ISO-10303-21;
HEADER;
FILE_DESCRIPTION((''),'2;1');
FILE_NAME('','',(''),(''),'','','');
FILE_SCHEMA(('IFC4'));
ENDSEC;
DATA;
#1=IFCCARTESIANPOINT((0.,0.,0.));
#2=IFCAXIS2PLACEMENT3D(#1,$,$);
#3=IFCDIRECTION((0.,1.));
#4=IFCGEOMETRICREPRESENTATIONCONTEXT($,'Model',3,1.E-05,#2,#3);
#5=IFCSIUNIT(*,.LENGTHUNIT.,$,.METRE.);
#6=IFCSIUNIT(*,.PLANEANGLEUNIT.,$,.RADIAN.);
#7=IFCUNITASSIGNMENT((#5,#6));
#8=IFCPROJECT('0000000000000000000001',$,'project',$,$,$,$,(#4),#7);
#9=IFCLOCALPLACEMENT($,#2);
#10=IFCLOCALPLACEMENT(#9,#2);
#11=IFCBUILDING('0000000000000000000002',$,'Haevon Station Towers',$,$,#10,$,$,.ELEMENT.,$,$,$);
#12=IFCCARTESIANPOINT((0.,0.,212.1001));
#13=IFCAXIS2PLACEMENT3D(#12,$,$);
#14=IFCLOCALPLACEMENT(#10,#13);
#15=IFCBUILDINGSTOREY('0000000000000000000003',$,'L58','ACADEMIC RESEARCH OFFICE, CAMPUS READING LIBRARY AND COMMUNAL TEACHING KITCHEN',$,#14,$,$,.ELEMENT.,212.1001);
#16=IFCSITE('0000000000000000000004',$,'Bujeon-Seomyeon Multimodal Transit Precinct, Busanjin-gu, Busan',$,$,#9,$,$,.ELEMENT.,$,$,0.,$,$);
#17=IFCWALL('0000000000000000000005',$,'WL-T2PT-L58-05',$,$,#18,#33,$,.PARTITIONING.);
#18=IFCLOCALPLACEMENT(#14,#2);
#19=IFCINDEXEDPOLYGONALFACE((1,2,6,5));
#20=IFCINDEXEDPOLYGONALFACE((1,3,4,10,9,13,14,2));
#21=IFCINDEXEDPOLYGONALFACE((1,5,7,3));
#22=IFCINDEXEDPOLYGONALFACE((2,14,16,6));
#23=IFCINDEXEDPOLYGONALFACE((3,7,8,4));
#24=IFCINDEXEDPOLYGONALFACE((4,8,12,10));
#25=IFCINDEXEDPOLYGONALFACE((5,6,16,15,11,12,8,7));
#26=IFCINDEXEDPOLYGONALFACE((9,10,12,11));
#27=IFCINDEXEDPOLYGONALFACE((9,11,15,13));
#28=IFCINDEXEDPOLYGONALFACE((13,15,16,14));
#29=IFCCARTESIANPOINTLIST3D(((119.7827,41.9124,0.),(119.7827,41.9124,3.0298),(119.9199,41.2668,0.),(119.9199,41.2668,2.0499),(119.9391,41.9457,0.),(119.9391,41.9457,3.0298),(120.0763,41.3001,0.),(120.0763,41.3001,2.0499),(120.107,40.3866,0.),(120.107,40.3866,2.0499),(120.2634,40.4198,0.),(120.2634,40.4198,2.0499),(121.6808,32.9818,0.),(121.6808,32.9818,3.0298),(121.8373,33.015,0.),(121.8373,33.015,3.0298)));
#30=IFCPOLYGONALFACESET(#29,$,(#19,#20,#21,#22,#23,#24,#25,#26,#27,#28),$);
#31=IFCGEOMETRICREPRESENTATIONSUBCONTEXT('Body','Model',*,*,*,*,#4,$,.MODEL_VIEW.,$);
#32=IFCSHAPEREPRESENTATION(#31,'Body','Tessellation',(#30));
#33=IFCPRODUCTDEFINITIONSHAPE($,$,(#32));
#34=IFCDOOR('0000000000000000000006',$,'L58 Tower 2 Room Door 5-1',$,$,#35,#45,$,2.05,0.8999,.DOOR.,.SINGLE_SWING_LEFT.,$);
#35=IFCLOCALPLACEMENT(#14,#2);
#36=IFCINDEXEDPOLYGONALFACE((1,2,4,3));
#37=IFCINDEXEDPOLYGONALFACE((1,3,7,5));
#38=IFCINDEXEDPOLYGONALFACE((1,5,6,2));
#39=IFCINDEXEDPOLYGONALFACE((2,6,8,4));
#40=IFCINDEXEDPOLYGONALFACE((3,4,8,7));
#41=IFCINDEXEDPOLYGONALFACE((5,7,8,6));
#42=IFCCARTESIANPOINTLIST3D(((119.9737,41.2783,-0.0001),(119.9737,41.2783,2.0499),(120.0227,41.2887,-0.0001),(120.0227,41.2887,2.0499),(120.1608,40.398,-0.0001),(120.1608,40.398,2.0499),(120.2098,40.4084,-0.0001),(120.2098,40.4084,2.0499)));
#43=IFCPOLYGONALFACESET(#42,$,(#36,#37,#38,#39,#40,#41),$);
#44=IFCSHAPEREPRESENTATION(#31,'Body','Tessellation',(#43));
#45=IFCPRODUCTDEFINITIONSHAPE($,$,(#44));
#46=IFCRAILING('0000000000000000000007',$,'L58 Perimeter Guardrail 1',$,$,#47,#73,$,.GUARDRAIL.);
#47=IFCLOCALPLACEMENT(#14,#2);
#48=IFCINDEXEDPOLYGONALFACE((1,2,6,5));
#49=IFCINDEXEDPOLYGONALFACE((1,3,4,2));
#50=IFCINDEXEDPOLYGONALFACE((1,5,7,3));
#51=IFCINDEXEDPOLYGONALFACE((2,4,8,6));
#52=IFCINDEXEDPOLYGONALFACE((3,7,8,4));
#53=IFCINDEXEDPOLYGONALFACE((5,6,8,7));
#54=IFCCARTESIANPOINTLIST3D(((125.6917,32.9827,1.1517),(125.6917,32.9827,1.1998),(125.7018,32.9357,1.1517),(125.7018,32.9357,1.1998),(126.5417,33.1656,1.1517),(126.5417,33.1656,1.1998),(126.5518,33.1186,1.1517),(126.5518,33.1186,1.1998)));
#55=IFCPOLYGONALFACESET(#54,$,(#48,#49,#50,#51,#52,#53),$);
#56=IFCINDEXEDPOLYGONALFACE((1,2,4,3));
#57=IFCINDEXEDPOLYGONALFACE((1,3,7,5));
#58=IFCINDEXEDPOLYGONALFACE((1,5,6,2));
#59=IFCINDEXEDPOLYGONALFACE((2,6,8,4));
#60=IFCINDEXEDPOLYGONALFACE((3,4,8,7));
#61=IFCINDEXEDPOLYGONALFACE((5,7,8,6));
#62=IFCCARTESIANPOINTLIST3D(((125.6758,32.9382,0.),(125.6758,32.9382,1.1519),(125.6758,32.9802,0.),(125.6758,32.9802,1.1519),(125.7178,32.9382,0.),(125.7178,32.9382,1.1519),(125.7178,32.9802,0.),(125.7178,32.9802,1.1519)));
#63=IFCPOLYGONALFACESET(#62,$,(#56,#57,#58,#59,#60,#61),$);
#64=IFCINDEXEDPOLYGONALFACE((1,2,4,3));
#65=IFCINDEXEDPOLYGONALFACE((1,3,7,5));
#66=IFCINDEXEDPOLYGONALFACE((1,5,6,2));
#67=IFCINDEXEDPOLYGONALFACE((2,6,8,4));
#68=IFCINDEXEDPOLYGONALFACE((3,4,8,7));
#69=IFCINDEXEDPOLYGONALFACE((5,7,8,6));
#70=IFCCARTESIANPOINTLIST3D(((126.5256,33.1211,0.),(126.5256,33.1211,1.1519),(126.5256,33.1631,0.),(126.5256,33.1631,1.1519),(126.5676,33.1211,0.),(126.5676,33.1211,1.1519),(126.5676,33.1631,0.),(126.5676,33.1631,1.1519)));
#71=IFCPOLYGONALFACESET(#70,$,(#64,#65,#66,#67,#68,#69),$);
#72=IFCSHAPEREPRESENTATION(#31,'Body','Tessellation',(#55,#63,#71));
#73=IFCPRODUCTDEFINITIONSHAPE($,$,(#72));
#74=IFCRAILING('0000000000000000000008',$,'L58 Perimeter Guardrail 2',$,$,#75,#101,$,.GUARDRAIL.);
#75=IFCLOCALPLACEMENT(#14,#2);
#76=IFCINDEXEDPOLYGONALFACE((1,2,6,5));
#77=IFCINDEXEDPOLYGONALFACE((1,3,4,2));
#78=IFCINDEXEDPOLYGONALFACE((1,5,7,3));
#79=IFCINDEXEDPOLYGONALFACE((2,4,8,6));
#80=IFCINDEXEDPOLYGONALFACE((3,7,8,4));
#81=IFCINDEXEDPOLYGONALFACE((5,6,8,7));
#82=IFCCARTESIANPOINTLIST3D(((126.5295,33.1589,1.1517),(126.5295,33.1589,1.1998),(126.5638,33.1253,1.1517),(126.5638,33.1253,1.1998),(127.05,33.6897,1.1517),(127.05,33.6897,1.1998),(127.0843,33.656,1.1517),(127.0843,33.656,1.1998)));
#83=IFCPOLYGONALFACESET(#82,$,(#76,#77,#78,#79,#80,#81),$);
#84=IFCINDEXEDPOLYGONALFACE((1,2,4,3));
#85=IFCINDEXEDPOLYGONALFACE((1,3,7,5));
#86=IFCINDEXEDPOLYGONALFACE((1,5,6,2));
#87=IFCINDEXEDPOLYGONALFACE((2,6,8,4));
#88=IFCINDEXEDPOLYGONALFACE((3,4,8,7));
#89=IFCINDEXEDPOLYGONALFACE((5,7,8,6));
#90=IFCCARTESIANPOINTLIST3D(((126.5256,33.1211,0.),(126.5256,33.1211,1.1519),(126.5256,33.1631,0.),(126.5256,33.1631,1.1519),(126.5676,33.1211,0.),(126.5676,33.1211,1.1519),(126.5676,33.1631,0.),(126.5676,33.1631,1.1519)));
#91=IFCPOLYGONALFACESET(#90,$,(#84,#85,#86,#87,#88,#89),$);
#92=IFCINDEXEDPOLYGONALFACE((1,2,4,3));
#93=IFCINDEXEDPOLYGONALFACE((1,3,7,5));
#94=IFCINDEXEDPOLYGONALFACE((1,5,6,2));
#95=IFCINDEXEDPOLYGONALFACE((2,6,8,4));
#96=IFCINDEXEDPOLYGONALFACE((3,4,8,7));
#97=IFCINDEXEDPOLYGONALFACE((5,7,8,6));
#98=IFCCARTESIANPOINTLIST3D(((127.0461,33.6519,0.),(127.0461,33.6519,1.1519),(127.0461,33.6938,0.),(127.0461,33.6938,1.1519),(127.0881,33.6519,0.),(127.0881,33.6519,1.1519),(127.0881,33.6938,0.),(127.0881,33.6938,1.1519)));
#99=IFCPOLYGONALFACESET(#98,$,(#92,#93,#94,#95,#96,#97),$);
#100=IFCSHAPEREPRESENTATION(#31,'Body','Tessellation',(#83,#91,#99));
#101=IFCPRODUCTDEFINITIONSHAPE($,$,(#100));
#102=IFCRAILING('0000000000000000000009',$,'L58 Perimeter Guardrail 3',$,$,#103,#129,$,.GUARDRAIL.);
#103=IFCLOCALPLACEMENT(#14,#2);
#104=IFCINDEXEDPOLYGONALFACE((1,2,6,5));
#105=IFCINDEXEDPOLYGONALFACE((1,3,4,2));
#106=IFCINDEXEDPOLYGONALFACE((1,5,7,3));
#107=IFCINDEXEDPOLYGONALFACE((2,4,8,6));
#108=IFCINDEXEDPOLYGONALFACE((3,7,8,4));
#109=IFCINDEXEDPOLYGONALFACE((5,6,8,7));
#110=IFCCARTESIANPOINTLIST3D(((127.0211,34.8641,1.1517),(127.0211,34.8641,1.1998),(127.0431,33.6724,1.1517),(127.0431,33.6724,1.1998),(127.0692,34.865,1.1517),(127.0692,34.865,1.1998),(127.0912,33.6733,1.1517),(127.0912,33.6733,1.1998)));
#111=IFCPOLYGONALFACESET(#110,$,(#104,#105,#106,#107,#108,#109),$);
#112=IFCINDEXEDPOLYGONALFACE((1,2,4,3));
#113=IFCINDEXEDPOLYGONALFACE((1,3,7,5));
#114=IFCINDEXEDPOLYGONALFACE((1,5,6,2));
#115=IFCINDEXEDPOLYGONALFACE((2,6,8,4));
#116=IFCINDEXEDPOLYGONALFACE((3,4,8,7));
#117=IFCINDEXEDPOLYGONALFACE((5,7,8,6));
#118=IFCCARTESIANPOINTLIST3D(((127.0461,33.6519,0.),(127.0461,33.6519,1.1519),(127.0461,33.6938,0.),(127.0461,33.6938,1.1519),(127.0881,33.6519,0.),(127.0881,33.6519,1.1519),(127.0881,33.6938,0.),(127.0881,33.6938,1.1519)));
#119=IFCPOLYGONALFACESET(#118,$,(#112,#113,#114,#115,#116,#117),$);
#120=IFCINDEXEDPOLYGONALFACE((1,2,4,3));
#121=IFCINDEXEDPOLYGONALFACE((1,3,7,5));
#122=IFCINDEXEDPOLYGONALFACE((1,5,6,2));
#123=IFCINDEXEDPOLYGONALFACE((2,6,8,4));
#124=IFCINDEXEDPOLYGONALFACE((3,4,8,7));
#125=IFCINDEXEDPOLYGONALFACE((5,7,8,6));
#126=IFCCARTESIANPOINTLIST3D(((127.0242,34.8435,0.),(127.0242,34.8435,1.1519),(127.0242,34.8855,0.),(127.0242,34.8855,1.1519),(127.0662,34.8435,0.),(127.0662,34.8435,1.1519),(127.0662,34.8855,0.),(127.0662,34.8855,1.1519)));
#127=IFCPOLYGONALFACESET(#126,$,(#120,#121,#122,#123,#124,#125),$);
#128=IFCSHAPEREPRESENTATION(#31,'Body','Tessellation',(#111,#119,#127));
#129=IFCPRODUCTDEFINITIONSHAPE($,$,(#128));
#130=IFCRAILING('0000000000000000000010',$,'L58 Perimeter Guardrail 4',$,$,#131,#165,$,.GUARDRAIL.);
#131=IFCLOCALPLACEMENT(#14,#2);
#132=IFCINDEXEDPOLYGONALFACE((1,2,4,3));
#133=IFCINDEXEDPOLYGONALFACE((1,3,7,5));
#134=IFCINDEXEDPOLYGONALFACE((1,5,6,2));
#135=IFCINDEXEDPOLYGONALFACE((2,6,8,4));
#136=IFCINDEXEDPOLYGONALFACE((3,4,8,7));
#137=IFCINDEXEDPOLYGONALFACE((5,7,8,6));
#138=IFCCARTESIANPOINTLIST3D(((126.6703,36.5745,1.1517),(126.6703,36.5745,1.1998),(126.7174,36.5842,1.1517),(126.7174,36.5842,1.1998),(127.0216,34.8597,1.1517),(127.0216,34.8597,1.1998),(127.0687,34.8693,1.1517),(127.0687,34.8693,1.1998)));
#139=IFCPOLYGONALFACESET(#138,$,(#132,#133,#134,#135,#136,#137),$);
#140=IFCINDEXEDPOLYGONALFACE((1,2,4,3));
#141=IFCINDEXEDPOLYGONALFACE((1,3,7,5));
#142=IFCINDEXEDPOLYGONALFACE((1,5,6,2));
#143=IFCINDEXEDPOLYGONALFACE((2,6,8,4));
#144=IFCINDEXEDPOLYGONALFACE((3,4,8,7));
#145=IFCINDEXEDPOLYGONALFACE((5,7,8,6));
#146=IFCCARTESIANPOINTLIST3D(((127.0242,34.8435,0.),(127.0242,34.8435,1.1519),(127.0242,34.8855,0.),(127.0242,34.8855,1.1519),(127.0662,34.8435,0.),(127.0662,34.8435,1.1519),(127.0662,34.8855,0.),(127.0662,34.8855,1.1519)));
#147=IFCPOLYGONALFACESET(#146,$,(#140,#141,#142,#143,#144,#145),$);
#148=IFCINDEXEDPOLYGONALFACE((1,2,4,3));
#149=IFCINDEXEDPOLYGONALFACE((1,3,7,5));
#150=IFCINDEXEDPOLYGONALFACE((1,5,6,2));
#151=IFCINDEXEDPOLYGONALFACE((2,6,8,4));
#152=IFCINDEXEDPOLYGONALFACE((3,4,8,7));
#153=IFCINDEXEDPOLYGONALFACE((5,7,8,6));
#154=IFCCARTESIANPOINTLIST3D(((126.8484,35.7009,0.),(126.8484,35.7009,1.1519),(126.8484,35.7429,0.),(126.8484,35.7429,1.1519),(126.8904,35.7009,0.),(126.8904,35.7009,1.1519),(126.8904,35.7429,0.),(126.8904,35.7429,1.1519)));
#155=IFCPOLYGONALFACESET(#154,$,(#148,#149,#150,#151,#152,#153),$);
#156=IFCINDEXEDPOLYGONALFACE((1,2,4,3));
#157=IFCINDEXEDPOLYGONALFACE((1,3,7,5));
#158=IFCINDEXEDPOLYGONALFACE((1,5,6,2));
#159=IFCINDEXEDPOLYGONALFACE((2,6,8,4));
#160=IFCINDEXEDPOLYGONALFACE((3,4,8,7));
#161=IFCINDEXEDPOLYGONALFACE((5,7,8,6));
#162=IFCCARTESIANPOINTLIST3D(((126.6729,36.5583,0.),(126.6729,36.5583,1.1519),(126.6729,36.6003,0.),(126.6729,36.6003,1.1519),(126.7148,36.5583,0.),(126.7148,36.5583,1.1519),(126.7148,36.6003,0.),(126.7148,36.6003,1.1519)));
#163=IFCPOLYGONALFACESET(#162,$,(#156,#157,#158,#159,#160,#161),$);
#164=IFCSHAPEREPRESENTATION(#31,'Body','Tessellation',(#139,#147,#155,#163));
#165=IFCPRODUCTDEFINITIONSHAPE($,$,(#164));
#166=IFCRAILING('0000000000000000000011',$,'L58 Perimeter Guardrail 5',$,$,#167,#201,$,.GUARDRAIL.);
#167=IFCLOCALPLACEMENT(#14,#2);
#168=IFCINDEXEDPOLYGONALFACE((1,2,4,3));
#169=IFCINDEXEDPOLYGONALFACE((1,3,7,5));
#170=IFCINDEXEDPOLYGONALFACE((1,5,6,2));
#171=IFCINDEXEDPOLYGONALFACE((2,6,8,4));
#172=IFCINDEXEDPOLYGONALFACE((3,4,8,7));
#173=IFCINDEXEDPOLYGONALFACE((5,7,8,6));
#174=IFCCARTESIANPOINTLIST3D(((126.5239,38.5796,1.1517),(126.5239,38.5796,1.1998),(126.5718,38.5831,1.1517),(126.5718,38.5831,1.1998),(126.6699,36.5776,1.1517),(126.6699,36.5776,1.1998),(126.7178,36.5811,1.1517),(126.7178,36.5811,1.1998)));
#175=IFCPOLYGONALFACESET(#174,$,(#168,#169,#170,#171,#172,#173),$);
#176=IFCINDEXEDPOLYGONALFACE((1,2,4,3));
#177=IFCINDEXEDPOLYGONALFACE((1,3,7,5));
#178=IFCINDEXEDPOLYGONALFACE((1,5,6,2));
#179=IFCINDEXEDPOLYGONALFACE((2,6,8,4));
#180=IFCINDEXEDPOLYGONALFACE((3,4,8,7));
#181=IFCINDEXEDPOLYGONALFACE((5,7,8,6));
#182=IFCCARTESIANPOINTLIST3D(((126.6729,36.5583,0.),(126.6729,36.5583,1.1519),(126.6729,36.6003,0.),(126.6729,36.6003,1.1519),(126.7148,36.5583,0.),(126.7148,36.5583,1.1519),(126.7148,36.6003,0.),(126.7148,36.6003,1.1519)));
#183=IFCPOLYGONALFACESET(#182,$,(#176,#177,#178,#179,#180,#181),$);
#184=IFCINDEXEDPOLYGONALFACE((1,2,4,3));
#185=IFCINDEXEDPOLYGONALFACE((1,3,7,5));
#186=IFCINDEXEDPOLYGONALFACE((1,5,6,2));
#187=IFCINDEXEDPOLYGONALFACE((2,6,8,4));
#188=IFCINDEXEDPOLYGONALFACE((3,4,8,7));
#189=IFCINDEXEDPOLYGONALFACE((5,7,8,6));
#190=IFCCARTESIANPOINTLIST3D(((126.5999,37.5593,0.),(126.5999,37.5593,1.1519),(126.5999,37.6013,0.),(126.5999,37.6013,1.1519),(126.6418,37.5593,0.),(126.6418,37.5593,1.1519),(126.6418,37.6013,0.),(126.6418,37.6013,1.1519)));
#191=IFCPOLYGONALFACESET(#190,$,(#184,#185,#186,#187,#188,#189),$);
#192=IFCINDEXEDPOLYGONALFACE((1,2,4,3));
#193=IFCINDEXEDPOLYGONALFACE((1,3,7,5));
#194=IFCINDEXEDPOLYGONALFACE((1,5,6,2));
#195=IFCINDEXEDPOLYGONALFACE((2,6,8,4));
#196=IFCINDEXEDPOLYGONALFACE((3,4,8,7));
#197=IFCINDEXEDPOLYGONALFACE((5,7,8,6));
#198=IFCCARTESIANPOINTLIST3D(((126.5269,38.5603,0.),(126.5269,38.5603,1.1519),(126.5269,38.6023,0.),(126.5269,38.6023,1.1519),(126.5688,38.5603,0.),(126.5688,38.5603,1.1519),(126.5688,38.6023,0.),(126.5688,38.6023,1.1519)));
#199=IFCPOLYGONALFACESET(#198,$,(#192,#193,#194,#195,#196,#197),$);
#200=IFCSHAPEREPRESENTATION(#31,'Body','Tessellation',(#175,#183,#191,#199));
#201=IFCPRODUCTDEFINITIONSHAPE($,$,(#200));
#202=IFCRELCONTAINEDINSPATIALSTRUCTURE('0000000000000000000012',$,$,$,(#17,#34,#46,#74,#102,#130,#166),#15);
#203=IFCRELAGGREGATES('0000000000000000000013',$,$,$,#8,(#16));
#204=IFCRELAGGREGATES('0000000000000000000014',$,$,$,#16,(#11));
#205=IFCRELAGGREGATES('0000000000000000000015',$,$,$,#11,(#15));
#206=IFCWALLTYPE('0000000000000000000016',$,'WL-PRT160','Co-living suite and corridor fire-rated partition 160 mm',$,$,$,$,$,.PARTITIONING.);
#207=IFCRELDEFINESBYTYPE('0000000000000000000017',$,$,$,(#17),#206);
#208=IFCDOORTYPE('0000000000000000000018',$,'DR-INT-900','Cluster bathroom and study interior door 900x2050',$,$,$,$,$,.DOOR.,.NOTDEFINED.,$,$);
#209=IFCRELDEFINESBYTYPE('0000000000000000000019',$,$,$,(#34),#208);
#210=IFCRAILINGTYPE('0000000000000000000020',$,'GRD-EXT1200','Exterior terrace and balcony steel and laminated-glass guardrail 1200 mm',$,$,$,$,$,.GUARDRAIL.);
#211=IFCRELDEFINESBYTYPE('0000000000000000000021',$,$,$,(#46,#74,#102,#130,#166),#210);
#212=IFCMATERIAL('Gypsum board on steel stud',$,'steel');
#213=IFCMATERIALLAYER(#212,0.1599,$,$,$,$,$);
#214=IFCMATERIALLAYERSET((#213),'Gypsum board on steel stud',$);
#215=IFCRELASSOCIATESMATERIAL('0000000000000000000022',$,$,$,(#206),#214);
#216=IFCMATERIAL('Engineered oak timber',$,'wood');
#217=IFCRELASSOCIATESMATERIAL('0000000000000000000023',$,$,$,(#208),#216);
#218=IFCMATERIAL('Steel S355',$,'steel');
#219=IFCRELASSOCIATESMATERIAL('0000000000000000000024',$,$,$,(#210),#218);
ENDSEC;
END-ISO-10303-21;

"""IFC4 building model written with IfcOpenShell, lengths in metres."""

from ifc_helpers import new_model, si_unit, direction, frame, frame_2d, origin, origin_2d, place, context, subcontext, project, spatial, rectangle, extrude, material, layer, layer_set, type_object, element, fill, save


model = new_model("IFC4")

# Units and contexts
model_context = context("Model", 3, precision=1e-05, world=origin(), true_north=direction((0.0, 1.0)))
body_context = subcontext(model_context, "Body", "Model", "MODEL_VIEW")
ifc_project = project(units=[si_unit("LENGTHUNIT", "METRE"), si_unit("PLANEANGLEUNIT", "RADIAN")], contexts=[model_context])

# Site, building, storey
site_placement = place(None, origin())
site = spatial("IfcSite", under=ifc_project, at=site_placement, Name="Bujeon-Seomyeon Multimodal Transit Precinct, Busanjin-gu, Busan", CompositionType="ELEMENT", RefElevation=0.0)
building_placement = place(site_placement, origin())
building = spatial("IfcBuilding", under=site, at=building_placement, Name="Haevon Station Towers", CompositionType="ELEMENT")
storey_placement = place(building_placement, frame((0.0, 0.0, 212.1001)))
storey = spatial("IfcBuildingStorey", under=building, at=storey_placement, Name="L58", Description="ACADEMIC RESEARCH OFFICE, CAMPUS READING LIBRARY AND COMMUNAL TEACHING KITCHEN", CompositionType="ELEMENT", Elevation=212.1001)

# Shared definitions
ifc_material_1 = material(Name="Steel S355", Category="steel")

# Shared definitions
ifc_material_2 = material(Name="Gypsum board on steel stud", Category="steel")

# Wall, opening, door
ifc_layer_1 = layer(ifc_material_2, 0.1599)
ifc_layer_set_1 = layer_set([ifc_layer_1], Name="Gypsum board on steel stud")
wall_type_1 = type_object("IfcWallType", Name="WL-PRT160", Description="Co-living suite and corridor fire-rated partition 160 mm", PredefinedType="PARTITIONING", material=ifc_layer_set_1)
wall_1_placement = place(storey_placement, frame((121.759, 32.9985, 0.0), z_axis=(0.0, 0.0, 1.0), x_axis=(-0.207904, 0.978149, 0.0)))
wall_1 = element("IfcWall", 1, at=wall_1_placement, inside=storey, type_object=wall_type_1, Name="WL-T2PT-L58-05", PredefinedType="PARTITIONING", context=body_context, shape_type="SweptSolid", body=[
    extrude(rectangle(XDim=9.1301, YDim=0.1599, at=frame_2d((4.5649, 0.0))), origin(), (0.0, 0.0, 1.0), 3.0298),
])
opening_1_placement = place(wall_1_placement, frame((7.5701, 0.0, 0.0)))
opening_1 = element("IfcOpeningElement", 2, at=opening_1_placement, cuts=wall_1, PredefinedType="OPENING", context=body_context, shape_type="SweptSolid", body=[
    extrude(rectangle(XDim=0.8999, YDim=2.05, at=frame_2d((0.45, 1.0249))), frame((0.0, 0.0898, 0.0), z_axis=(0.0, -1.0, 0.0), x_axis=(1.0, 0.0, 0.0)), (0.0, 0.0, 1.0), 0.1799),
])
ifc_material_3 = material(Name="Engineered oak timber", Category="wood")
door_type = type_object("IfcDoorType", Name="DR-INT-900", Description="Cluster bathroom and study interior door 900x2050", OperationType="NOTDEFINED", PredefinedType="DOOR", material=ifc_material_3)
door_placement = place(opening_1_placement, origin())
door = element("IfcDoor", 3, at=door_placement, inside=storey, type_object=door_type, Name="L58 Tower 2 Room Door 5-1", OperationType="SINGLE_SWING_LEFT", OverallHeight=2.05, OverallWidth=0.8999, PredefinedType="DOOR", context=body_context, shape_type="SweptSolid", body=[
    extrude(rectangle(XDim=0.8999, YDim=2.05, at=frame_2d((0.45, 1.0249))), frame((0.0, 0.0249, 0.0), z_axis=(0.0, -1.0, 0.0), x_axis=(1.0, 0.0, 0.0)), (0.0, 0.0, 1.0), 0.05),
])
fill(opening_1, door)

# Railings
railing_type = type_object("IfcRailingType", Name="GRD-EXT1200", Description="Exterior terrace and balcony steel and laminated-glass guardrail 1200 mm", PredefinedType="GUARDRAIL", material=ifc_material_1)
railing_1_placement = place(storey_placement, frame((125.6968, 32.9592, 0.0)))
element("IfcRailing", 4, at=railing_1_placement, inside=storey, type_object=railing_type, Name="L58 Perimeter Guardrail 1", PredefinedType="GUARDRAIL", context=body_context, shape_type="SweptSolid", body=[
    extrude(rectangle(XDim=0.0481, YDim=0.0481, at=origin_2d()), frame((0.0, 0.0, 1.1758), z_axis=(0.977625, 0.210354, 0.0), x_axis=(-0.210354, 0.977625, 0.0)), (0.0, 0.0, 1.0), 0.8694),
    extrude(rectangle(XDim=0.042, YDim=0.042, at=origin_2d()), origin(), (0.0, 0.0, 1.0), 1.1519),
    extrude(rectangle(XDim=0.042, YDim=0.042, at=origin_2d()), frame((0.8499, 0.1829, 0.0)), (0.0, 0.0, 1.0), 1.1519),
])
railing_2_placement = place(storey_placement, frame((126.5466, 33.1421, 0.0)))
element("IfcRailing", 5, at=railing_2_placement, inside=storey, type_object=railing_type, Name="L58 Perimeter Guardrail 2", PredefinedType="GUARDRAIL", context=body_context, shape_type="SweptSolid", body=[
    extrude(rectangle(XDim=0.0481, YDim=0.0481, at=origin_2d()), frame((0.0, 0.0, 1.1758), z_axis=(0.700176, 0.71397, 0.0), x_axis=(-0.71397, 0.700176, 0.0)), (0.0, 0.0, 1.0), 0.7434),
    extrude(rectangle(XDim=0.042, YDim=0.042, at=origin_2d()), origin(), (0.0, 0.0, 1.0), 1.1519),
    extrude(rectangle(XDim=0.042, YDim=0.042, at=origin_2d()), frame((0.5205, 0.5308, 0.0)), (0.0, 0.0, 1.0), 1.1519),
])
railing_3_placement = place(storey_placement, frame((127.0671, 33.6729, 0.0)))
element("IfcRailing", 6, at=railing_3_placement, inside=storey, type_object=railing_type, Name="L58 Perimeter Guardrail 3", PredefinedType="GUARDRAIL", context=body_context, shape_type="SweptSolid", body=[
    extrude(rectangle(XDim=0.0481, YDim=0.0481, at=origin_2d()), frame((0.0, 0.0, 1.1758), z_axis=(-0.018436, 0.99983, 0.0), x_axis=(-0.99983, -0.018436, 0.0)), (0.0, 0.0, 1.0), 1.1919),
    extrude(rectangle(XDim=0.042, YDim=0.042, at=origin_2d()), origin(), (0.0, 0.0, 1.0), 1.1519),
    extrude(rectangle(XDim=0.042, YDim=0.042, at=origin_2d()), frame((-0.022, 1.1917, 0.0)), (0.0, 0.0, 1.0), 1.1519),
])
railing_4_placement = place(storey_placement, frame((127.0452, 34.8645, 0.0)))
element("IfcRailing", 7, at=railing_4_placement, inside=storey, type_object=railing_type, Name="L58 Perimeter Guardrail 4", PredefinedType="GUARDRAIL", context=body_context, shape_type="SweptSolid", body=[
    extrude(rectangle(XDim=0.0481, YDim=0.0481, at=origin_2d()), frame((0.0, 0.0, 1.1758), z_axis=(-0.2007, 0.979653, 0.0), x_axis=(-0.979653, -0.2007, 0.0)), (0.0, 0.0, 1.0), 1.7505),
    extrude(rectangle(XDim=0.042, YDim=0.042, at=origin_2d()), origin(), (0.0, 0.0, 1.0), 1.1519),
    extrude(rectangle(XDim=0.042, YDim=0.042, at=origin_2d()), frame((-0.1758, 0.8574, 0.0)), (0.0, 0.0, 1.0), 1.1519),
    extrude(rectangle(XDim=0.042, YDim=0.042, at=origin_2d()), frame((-0.3513, 1.7148, 0.0)), (0.0, 0.0, 1.0), 1.1519),
])
railing_5_placement = place(storey_placement, frame((126.6938, 36.5793, 0.0)))
element("IfcRailing", 8, at=railing_5_placement, inside=storey, type_object=railing_type, Name="L58 Perimeter Guardrail 5", PredefinedType="GUARDRAIL", context=body_context, shape_type="SweptSolid", body=[
    extrude(rectangle(XDim=0.0481, YDim=0.0481, at=origin_2d()), frame((0.0, 0.0, 1.1758), z_axis=(-0.072734, 0.997351, 0.0), x_axis=(-0.997351, -0.072734, 0.0)), (0.0, 0.0, 1.0), 2.0073),
    extrude(rectangle(XDim=0.042, YDim=0.042, at=origin_2d()), origin(), (0.0, 0.0, 1.0), 1.1519),
    extrude(rectangle(XDim=0.042, YDim=0.042, at=origin_2d()), frame((-0.073, 1.001, 0.0)), (0.0, 0.0, 1.0), 1.1519),
    extrude(rectangle(XDim=0.042, YDim=0.042, at=origin_2d()), frame((-0.146, 2.002, 0.0)), (0.0, 0.0, 1.0), 1.1519),
])

save(model, "model.ifc")
